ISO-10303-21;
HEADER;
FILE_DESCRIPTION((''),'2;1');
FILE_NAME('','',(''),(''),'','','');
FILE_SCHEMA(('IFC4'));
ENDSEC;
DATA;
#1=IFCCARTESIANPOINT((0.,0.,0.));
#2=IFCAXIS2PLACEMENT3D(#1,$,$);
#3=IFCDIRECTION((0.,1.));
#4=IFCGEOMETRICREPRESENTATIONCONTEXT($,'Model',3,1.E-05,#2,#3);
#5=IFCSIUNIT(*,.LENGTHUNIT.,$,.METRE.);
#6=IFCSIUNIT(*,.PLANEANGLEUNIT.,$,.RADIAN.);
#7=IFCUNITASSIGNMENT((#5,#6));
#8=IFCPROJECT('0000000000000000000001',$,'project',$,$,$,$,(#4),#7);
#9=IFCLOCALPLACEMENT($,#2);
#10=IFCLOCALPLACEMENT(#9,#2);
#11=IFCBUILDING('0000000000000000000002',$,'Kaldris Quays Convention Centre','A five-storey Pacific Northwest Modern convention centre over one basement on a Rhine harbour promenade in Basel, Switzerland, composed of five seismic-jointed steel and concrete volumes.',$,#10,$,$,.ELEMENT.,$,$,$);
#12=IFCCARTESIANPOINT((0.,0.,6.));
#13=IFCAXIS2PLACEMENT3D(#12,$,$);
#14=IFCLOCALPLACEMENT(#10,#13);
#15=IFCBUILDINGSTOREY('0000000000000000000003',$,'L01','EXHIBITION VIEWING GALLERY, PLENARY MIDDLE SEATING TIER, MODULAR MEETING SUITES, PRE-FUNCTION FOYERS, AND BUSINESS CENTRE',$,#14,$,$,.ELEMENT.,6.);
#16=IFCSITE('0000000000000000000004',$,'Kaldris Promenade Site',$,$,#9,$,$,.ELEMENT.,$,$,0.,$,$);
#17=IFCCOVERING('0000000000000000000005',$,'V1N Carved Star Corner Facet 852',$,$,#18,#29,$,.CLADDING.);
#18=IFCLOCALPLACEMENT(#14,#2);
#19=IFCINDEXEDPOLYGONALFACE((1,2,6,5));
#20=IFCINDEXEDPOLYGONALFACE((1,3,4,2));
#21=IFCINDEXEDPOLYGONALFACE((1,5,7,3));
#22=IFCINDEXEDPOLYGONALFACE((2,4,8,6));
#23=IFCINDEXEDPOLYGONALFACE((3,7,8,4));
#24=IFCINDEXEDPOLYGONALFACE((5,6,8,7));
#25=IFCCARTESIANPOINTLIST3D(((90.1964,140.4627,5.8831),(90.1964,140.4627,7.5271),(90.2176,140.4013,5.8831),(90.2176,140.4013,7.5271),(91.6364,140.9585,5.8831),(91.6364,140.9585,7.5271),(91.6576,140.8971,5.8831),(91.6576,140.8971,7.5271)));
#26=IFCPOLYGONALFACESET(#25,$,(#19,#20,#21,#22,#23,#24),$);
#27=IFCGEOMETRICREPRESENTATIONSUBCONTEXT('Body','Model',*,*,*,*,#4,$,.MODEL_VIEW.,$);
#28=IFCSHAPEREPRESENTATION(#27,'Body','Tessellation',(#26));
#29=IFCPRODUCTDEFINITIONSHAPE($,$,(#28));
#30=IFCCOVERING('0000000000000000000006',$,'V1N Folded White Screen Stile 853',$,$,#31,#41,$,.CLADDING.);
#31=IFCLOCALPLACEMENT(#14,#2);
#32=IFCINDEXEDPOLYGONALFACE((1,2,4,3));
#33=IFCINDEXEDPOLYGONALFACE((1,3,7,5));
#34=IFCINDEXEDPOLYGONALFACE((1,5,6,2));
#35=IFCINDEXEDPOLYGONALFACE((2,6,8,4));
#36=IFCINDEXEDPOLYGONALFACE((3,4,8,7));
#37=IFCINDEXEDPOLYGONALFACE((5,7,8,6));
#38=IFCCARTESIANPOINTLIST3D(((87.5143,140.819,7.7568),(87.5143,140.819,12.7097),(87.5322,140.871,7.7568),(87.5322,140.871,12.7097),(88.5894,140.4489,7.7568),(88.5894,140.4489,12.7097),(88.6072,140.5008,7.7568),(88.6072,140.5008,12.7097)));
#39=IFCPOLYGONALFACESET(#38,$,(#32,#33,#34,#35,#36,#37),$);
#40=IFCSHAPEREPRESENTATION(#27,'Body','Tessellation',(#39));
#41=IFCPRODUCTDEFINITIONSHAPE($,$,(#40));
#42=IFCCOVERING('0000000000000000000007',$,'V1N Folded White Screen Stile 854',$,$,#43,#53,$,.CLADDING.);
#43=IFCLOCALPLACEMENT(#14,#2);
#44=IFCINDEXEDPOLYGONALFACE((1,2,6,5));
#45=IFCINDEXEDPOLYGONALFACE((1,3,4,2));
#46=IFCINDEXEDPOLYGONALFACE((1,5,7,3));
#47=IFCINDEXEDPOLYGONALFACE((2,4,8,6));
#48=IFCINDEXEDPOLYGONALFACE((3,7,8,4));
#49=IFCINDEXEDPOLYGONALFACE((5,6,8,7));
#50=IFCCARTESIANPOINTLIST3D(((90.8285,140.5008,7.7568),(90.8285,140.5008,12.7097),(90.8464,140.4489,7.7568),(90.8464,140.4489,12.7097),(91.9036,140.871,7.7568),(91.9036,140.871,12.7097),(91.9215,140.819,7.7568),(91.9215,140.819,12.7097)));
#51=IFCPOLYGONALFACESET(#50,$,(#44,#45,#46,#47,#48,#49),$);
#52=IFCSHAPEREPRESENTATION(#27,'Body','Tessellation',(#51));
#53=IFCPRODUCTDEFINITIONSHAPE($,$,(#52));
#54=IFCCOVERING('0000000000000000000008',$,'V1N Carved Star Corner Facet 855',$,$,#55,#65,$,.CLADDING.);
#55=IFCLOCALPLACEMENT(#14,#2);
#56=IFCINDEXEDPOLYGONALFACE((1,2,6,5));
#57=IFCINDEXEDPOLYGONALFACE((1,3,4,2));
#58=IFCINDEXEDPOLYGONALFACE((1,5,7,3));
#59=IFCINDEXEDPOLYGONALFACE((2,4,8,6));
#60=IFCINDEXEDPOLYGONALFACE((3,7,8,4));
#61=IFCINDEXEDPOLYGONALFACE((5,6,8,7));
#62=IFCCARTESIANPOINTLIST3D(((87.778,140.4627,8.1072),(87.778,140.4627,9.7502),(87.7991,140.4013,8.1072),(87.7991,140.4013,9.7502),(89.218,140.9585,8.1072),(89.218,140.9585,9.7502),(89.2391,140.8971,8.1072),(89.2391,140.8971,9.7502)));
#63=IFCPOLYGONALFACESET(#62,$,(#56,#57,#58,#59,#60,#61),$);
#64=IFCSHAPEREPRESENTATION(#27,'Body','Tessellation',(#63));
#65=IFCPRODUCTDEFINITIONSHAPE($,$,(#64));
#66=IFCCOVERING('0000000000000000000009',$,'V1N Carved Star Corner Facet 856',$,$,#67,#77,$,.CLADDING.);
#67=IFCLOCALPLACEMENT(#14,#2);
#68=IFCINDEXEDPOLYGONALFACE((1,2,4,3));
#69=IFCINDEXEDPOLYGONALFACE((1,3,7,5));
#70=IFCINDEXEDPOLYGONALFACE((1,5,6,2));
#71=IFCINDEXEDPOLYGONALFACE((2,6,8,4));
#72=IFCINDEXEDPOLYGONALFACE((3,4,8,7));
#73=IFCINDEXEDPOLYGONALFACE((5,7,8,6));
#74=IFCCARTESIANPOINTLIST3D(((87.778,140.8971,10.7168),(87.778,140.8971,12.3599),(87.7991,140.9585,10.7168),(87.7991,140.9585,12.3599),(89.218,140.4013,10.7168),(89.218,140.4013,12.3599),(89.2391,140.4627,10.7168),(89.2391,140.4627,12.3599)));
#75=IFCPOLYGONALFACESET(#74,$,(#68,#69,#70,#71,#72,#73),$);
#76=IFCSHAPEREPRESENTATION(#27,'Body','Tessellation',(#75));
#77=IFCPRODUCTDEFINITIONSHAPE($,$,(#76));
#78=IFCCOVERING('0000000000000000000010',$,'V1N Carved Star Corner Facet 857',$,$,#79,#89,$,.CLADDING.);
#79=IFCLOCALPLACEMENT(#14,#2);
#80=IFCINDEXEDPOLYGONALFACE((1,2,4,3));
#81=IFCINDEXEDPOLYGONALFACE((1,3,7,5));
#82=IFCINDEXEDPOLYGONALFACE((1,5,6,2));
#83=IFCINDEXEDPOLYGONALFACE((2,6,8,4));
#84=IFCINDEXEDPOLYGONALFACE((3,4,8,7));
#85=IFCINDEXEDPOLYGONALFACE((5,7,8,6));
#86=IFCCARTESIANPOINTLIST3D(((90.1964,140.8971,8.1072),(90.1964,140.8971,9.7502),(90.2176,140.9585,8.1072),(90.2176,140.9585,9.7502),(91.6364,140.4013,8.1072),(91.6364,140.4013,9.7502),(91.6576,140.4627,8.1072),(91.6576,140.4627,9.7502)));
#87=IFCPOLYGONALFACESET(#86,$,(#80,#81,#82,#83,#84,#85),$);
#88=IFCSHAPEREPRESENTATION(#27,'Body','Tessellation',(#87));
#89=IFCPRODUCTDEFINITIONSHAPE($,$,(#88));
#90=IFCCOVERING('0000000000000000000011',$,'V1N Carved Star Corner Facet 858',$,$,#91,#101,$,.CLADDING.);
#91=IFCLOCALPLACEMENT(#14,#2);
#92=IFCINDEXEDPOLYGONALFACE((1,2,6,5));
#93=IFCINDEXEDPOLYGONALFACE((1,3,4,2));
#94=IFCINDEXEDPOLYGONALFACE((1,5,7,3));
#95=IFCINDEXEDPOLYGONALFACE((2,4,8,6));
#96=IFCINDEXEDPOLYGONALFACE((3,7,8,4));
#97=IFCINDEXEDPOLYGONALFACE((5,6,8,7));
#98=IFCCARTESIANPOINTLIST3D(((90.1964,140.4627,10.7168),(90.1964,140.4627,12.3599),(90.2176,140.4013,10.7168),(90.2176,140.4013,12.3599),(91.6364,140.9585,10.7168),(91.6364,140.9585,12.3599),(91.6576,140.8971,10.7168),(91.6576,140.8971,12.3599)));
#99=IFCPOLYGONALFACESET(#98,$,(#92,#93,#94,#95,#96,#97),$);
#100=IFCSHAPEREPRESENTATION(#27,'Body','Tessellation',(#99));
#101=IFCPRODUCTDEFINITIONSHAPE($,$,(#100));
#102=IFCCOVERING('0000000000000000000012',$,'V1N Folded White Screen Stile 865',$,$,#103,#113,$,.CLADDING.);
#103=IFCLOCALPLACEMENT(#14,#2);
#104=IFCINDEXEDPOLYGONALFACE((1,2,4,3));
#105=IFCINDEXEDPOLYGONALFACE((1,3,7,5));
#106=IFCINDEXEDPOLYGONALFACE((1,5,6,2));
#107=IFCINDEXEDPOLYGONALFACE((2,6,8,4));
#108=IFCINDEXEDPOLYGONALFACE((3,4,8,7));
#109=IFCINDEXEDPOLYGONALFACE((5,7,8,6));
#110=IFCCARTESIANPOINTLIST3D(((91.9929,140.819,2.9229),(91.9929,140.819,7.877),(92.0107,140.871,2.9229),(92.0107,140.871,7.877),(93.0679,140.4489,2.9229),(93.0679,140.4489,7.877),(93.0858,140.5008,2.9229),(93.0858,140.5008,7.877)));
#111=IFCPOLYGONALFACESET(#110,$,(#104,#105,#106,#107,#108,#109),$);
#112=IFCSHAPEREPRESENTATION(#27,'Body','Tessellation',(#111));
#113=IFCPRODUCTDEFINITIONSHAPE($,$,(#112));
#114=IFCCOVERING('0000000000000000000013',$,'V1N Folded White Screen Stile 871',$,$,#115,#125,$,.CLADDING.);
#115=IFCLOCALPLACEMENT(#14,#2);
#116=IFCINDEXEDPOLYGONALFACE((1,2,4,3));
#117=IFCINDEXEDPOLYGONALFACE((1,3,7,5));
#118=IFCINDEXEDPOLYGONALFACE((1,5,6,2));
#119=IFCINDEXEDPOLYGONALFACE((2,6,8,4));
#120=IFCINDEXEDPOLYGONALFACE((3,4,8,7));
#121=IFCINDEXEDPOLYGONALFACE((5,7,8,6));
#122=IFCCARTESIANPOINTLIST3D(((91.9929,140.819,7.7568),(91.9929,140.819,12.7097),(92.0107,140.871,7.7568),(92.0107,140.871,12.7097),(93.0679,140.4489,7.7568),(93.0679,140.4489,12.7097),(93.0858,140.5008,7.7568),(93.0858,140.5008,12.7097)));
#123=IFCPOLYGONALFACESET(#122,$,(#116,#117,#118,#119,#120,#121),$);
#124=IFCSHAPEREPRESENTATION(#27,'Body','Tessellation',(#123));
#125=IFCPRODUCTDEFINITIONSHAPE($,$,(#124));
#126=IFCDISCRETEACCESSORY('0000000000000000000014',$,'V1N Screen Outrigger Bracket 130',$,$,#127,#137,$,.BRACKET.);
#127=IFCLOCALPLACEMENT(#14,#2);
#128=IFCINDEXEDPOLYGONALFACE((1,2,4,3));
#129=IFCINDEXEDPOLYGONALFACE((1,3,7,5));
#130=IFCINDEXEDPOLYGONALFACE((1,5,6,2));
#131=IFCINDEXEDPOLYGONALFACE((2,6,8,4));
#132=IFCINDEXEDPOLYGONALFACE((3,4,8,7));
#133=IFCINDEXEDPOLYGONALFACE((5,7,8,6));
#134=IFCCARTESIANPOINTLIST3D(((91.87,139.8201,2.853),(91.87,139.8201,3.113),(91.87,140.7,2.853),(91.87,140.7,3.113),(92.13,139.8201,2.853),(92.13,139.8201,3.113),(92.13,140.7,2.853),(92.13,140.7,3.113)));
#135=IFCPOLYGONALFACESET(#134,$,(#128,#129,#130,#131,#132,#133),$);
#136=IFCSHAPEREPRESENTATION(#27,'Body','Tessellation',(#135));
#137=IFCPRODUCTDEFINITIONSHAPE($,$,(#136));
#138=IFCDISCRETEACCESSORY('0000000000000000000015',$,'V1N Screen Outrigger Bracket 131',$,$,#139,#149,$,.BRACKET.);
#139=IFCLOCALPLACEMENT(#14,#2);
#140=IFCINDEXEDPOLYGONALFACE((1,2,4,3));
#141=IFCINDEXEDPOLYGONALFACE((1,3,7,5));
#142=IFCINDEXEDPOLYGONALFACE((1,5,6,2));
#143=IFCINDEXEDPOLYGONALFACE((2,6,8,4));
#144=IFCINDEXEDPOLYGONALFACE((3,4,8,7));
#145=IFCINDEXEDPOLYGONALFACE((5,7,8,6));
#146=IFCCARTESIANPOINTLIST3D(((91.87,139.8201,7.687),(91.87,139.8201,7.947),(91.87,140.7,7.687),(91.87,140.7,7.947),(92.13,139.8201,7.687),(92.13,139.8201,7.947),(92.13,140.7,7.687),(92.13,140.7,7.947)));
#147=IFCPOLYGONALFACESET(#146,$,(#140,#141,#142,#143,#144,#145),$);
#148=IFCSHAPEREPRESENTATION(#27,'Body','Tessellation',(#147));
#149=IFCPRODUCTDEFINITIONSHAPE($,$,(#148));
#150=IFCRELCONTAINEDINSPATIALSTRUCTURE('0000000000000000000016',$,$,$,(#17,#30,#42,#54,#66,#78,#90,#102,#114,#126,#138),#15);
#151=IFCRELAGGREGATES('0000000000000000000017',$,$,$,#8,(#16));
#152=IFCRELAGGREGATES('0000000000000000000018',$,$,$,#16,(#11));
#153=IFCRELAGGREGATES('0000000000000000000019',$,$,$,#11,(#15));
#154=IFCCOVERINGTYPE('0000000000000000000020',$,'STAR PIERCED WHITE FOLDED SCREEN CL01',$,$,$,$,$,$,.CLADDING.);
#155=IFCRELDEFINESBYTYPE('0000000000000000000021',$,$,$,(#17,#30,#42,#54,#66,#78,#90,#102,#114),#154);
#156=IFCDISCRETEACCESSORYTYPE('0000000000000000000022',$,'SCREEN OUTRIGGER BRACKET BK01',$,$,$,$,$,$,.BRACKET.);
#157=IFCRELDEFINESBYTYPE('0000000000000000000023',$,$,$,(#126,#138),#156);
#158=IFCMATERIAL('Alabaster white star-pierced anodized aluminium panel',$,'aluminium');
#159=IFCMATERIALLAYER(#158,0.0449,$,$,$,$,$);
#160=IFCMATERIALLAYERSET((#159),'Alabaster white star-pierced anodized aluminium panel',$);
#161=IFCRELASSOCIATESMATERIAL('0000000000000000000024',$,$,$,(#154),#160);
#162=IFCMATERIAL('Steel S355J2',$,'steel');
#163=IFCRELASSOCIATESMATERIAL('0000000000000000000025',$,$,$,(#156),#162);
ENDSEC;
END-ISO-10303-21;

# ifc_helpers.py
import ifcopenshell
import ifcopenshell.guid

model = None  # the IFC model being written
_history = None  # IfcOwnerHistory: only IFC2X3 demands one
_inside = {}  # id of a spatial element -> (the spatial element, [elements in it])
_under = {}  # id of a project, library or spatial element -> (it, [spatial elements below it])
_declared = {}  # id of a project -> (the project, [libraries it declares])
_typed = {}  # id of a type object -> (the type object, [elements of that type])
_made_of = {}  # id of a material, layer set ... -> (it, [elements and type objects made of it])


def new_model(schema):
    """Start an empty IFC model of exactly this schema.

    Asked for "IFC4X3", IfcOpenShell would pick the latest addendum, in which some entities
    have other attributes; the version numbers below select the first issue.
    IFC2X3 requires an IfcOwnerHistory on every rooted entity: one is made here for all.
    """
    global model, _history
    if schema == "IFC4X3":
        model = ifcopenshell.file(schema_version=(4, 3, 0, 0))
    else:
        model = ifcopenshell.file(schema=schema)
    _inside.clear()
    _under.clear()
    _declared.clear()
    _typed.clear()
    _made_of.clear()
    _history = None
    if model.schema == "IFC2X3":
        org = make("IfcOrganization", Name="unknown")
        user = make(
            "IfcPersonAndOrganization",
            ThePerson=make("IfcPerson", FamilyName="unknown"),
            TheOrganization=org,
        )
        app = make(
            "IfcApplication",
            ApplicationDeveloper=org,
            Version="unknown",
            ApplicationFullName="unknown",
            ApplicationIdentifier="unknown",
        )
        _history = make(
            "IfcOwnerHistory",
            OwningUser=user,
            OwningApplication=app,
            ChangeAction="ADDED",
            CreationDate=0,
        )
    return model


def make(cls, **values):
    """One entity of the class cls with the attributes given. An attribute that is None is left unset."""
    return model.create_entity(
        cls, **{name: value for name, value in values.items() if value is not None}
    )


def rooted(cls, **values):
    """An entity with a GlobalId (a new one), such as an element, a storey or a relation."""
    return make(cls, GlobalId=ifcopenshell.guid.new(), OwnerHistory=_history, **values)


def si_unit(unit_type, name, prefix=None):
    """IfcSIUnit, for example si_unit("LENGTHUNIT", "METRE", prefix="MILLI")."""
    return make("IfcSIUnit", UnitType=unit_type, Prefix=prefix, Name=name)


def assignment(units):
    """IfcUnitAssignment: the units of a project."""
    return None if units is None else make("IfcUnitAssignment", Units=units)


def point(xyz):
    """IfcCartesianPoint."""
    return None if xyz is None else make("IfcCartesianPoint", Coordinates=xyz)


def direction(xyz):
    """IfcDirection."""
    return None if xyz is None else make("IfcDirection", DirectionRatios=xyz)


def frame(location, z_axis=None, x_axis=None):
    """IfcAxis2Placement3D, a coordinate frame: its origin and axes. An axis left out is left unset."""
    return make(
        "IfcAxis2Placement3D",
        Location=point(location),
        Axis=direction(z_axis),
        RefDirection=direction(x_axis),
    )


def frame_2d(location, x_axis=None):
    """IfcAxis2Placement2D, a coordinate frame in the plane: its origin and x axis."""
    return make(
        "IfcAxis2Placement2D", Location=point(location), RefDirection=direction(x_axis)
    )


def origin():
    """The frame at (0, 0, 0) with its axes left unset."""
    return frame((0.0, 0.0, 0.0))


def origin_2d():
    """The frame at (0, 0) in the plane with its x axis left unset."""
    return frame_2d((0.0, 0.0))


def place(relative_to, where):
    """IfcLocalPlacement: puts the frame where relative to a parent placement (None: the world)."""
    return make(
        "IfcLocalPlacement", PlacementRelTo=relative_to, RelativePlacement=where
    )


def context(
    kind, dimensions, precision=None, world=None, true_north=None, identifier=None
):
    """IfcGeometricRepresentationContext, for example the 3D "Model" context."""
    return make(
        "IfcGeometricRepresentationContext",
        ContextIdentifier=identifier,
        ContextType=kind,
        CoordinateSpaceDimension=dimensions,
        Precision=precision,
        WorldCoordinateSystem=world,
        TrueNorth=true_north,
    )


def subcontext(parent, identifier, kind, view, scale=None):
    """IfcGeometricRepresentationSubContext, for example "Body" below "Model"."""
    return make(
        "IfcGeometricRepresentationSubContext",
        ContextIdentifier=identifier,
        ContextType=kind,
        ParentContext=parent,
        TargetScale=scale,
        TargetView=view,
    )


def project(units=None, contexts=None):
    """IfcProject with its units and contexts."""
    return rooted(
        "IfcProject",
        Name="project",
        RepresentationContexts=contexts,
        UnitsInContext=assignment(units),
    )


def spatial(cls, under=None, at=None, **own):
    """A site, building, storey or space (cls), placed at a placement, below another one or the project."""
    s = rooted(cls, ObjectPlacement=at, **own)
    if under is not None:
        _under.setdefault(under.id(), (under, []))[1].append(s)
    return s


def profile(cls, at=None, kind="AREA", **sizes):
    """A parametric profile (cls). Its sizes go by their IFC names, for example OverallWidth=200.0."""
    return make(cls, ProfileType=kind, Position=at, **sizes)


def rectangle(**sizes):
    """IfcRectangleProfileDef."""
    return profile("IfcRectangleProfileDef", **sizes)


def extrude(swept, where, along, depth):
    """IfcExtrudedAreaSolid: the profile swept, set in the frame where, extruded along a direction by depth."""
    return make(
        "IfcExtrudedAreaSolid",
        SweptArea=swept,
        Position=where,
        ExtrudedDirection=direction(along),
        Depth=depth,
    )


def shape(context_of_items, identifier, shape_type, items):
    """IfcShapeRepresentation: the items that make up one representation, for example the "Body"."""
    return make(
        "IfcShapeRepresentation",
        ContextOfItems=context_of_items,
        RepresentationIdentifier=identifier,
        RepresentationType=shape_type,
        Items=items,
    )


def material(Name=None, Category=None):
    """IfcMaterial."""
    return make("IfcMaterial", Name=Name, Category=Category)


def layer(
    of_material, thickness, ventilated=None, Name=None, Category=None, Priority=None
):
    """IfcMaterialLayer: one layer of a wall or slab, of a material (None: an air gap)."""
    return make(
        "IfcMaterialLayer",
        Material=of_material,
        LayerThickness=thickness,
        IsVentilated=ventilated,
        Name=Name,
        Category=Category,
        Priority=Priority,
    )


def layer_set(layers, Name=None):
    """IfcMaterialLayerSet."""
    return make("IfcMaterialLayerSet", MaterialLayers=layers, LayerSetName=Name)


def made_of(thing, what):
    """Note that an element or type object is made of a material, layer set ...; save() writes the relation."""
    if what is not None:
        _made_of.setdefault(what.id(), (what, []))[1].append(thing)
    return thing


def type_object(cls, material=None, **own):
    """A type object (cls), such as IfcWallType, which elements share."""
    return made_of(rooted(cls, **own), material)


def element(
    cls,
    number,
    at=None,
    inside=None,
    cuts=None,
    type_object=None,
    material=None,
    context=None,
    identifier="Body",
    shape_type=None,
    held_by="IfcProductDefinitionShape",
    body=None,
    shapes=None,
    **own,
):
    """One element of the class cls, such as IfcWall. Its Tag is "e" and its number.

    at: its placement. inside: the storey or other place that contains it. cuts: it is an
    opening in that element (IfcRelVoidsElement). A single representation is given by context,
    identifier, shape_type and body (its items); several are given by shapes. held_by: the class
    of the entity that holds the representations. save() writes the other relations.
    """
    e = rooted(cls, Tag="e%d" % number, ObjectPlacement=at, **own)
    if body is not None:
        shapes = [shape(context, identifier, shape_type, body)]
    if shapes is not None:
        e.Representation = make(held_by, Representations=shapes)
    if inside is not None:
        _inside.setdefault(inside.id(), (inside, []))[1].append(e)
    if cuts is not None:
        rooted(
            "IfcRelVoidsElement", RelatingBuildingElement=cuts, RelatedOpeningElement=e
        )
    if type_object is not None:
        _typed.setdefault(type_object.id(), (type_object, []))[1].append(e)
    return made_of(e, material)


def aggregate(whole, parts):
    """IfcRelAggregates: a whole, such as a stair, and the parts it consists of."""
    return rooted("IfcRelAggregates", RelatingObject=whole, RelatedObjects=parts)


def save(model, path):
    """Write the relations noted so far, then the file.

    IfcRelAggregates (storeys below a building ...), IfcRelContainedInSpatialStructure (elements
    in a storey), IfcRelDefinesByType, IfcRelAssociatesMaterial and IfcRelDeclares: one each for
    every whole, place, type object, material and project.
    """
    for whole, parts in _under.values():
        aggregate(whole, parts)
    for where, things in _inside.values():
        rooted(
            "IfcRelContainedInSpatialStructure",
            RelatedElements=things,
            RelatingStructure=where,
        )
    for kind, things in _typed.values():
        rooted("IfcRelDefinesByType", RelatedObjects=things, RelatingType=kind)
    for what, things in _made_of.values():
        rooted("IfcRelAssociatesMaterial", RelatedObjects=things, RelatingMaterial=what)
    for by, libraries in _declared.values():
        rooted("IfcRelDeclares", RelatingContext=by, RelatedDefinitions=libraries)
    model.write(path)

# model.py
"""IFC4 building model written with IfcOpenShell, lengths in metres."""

from ifc_helpers import new_model, si_unit, direction, frame, origin, origin_2d, place, context, subcontext, project, spatial, rectangle, extrude, material, layer, layer_set, type_object, element, save


model = new_model("IFC4")

# Units and contexts
model_context = context("Model", 3, precision=1e-05, world=origin(), true_north=direction((0.0, 1.0)))
body_context = subcontext(model_context, "Body", "Model", "MODEL_VIEW")
ifc_project = project(units=[si_unit("LENGTHUNIT", "METRE"), si_unit("PLANEANGLEUNIT", "RADIAN")], contexts=[model_context])

# Site, building, storey
site_placement = place(None, origin())
site = spatial("IfcSite", under=ifc_project, at=site_placement, Name="Kaldris Promenade Site", CompositionType="ELEMENT", RefElevation=0.0)
building_placement = place(site_placement, origin())
building = spatial("IfcBuilding", under=site, at=building_placement, Name="Kaldris Quays Convention Centre", Description="A five-storey Pacific Northwest Modern convention centre over one basement on a Rhine harbour promenade in Basel, Switzerland, composed of five seismic-jointed steel and concrete volumes.", CompositionType="ELEMENT")
storey_placement = place(building_placement, frame((0.0, 0.0, 6.0)))
storey = spatial("IfcBuildingStorey", under=building, at=storey_placement, Name="L01", Description="EXHIBITION VIEWING GALLERY, PLENARY MIDDLE SEATING TIER, MODULAR MEETING SUITES, PRE-FUNCTION FOYERS, AND BUSINESS CENTRE", CompositionType="ELEMENT", Elevation=6.0)

# Coverings
ifc_material_1 = material(Name="Alabaster white star-pierced anodized aluminium panel", Category="aluminium")
ifc_layer = layer(ifc_material_1, 0.0449)
ifc_layer_set = layer_set([ifc_layer], Name="Alabaster white star-pierced anodized aluminium panel")
covering_type = type_object("IfcCoveringType", Name="STAR PIERCED WHITE FOLDED SCREEN CL01", PredefinedType="CLADDING", material=ifc_layer_set)
for number, where, z_axis, x_axis, name in (
    (1, (90.927, 140.6799, 5.8831), (0.0, 0.0, 1.0), (0.945519, 0.325568, 0.0), "V1N Carved Star Corner Facet 852"),
):
    element("IfcCovering", number, at=place(storey_placement, frame(where, z_axis=z_axis, x_axis=x_axis)), inside=storey, type_object=covering_type, Name=name, PredefinedType="CLADDING", context=body_context, shape_type="SweptSolid", body=[
        extrude(rectangle(XDim=1.5229, YDim=0.0649, at=origin_2d()), origin(), (0.0, 0.0, 1.0), 1.644),
    ])
for number, where, z_axis, x_axis, name in (
    (2, (88.0608, 140.6599, 7.7568), (0.0, 0.0, 1.0), (0.945519, -0.325568, 0.0), "V1N Folded White Screen Stile 853"),
    (3, (91.375, 140.6599, 7.7568), (0.0, 0.0, 1.0), (0.945519, 0.325568, 0.0), "V1N Folded White Screen Stile 854"),
):
    element("IfcCovering", number, at=place(storey_placement, frame(where, z_axis=z_axis, x_axis=x_axis)), inside=storey, type_object=covering_type, Name=name, PredefinedType="CLADDING", context=body_context, shape_type="SweptSolid", body=[
        extrude(rectangle(XDim=1.137, YDim=0.0549, at=origin_2d()), origin(), (0.0, 0.0, 1.0), 4.9529),
    ])
for number, where, z_axis, x_axis, name in (
    (4, (88.5085, 140.6799, 8.1072), (0.0, 0.0, 1.0), (0.945519, 0.325568, 0.0), "V1N Carved Star Corner Facet 855"),
    (5, (88.5085, 140.6799, 10.7168), (0.0, 0.0, 1.0), (0.945519, -0.325568, 0.0), "V1N Carved Star Corner Facet 856"),
    (6, (90.927, 140.6799, 8.1072), (0.0, 0.0, 1.0), (0.945519, -0.325568, 0.0), "V1N Carved Star Corner Facet 857"),
    (7, (90.927, 140.6799, 10.7168), (0.0, 0.0, 1.0), (0.945519, 0.325568, 0.0), "V1N Carved Star Corner Facet 858"),
):
    element("IfcCovering", number, at=place(storey_placement, frame(where, z_axis=z_axis, x_axis=x_axis)), inside=storey, type_object=covering_type, Name=name, PredefinedType="CLADDING", context=body_context, shape_type="SweptSolid", body=[
        extrude(rectangle(XDim=1.5229, YDim=0.0649, at=origin_2d()), origin(), (0.0, 0.0, 1.0), 1.6431),
    ])
covering_1_placement = place(storey_placement, frame((92.5393, 140.6599, 2.9229), z_axis=(0.0, 0.0, 1.0), x_axis=(0.945519, -0.325568, 0.0)))
element("IfcCovering", 8, at=covering_1_placement, inside=storey, type_object=covering_type, Name="V1N Folded White Screen Stile 865", PredefinedType="CLADDING", context=body_context, shape_type="SweptSolid", body=[
    extrude(rectangle(XDim=1.137, YDim=0.0549, at=origin_2d()), origin(), (0.0, 0.0, 1.0), 4.9541),
])
covering_2_placement = place(storey_placement, frame((92.5393, 140.6599, 7.7568), z_axis=(0.0, 0.0, 1.0), x_axis=(0.945519, -0.325568, 0.0)))
element("IfcCovering", 9, at=covering_2_placement, inside=storey, type_object=covering_type, Name="V1N Folded White Screen Stile 871", PredefinedType="CLADDING", context=body_context, shape_type="SweptSolid", body=[
    extrude(rectangle(XDim=1.137, YDim=0.0549, at=origin_2d()), origin(), (0.0, 0.0, 1.0), 4.9529),
])

# Discrete accessories
ifc_material_2 = material(Name="Steel S355J2", Category="steel")
discrete_accessory_type = type_object("IfcDiscreteAccessoryType", Name="SCREEN OUTRIGGER BRACKET BK01", PredefinedType="BRACKET", material=ifc_material_2)
for number, where, z_axis, x_axis, name in (
    (10, (92.0, 140.26, 2.853), (0.0, 0.0, 1.0), (1.0, 0.0, 0.0), "V1N Screen Outrigger Bracket 130"),
    (11, (92.0, 140.26, 7.687), (0.0, 0.0, 1.0), (1.0, 0.0, 0.0), "V1N Screen Outrigger Bracket 131"),
):
    element("IfcDiscreteAccessory", number, at=place(storey_placement, frame(where, z_axis=z_axis, x_axis=x_axis)), inside=storey, type_object=discrete_accessory_type, Name=name, PredefinedType="BRACKET", context=body_context, shape_type="SweptSolid", body=[
        extrude(rectangle(XDim=0.26, YDim=0.8799, at=origin_2d()), origin(), (0.0, 0.0, 1.0), 0.26),
    ])

save(model, "model.ifc")
